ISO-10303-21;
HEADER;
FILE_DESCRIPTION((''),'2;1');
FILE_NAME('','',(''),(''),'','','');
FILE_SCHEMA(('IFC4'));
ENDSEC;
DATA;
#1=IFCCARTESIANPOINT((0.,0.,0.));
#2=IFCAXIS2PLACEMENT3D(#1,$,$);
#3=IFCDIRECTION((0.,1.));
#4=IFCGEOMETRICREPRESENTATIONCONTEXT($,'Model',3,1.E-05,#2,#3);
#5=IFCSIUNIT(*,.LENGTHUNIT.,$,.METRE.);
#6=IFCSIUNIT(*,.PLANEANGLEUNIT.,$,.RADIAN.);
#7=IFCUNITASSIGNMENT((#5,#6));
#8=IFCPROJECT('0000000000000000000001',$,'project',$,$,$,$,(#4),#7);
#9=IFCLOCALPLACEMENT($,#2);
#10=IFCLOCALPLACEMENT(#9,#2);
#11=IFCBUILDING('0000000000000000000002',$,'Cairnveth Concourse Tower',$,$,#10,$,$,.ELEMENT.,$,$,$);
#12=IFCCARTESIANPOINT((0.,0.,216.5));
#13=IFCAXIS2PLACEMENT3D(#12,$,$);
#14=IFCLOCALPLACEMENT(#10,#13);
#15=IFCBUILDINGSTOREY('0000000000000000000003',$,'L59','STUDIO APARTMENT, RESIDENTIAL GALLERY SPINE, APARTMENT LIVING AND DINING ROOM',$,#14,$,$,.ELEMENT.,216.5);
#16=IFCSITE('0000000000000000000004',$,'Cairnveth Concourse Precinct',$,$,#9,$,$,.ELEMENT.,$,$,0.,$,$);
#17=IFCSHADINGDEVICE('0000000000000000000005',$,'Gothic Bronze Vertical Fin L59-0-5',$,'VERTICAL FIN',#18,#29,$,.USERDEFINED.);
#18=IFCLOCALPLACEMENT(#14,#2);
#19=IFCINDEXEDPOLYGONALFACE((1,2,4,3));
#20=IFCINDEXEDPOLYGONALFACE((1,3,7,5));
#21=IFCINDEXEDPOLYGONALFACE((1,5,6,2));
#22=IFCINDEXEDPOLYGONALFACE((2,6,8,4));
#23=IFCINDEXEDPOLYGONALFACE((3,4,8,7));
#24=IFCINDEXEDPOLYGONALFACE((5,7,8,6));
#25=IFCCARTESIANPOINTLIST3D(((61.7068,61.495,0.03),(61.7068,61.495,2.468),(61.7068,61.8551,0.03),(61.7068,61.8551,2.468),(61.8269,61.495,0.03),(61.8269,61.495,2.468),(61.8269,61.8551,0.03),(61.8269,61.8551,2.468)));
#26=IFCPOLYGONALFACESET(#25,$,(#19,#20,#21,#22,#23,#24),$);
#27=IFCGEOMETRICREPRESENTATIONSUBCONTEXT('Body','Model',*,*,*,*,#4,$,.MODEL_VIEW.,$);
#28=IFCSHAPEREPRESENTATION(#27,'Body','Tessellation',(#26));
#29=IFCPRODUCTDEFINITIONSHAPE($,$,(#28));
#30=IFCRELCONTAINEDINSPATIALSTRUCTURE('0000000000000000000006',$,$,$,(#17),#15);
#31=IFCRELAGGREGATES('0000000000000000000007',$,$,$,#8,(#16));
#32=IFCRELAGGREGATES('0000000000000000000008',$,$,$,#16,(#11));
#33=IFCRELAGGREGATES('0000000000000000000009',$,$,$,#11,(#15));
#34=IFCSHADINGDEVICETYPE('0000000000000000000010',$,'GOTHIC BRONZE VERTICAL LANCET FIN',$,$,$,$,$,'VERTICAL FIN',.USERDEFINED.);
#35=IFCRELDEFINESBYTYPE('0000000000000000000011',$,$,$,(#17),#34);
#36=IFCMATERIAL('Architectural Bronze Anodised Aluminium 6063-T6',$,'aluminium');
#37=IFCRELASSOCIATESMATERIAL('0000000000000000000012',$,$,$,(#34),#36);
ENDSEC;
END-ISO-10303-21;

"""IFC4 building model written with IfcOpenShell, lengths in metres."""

from ifc_helpers import new_model, si_unit, direction, frame, origin, origin_2d, place, context, subcontext, project, spatial, rectangle, extrude, material, type_object, element, save


model = new_model("IFC4")

# Units and contexts
model_context = context("Model", 3, precision=1e-05, world=origin(), true_north=direction((0.0, 1.0)))
body_context = subcontext(model_context, "Body", "Model", "MODEL_VIEW")
ifc_project = project(units=[si_unit("LENGTHUNIT", "METRE"), si_unit("PLANEANGLEUNIT", "RADIAN")], contexts=[model_context])

# Site, building, storey
site_placement = place(None, origin())
site = spatial("IfcSite", under=ifc_project, at=site_placement, Name="Cairnveth Concourse Precinct", CompositionType="ELEMENT", RefElevation=0.0)
building_placement = place(site_placement, origin())
building = spatial("IfcBuilding", under=site, at=building_placement, Name="Cairnveth Concourse Tower", CompositionType="ELEMENT")
storey_placement = place(building_placement, frame((0.0, 0.0, 216.5)))
storey = spatial("IfcBuildingStorey", under=building, at=storey_placement, Name="L59", Description="STUDIO APARTMENT, RESIDENTIAL GALLERY SPINE, APARTMENT LIVING AND DINING ROOM", CompositionType="ELEMENT", Elevation=216.5)

# Shading device
ifc_material_1 = material(Name="Architectural Bronze Anodised Aluminium 6063-T6", Category="aluminium")
shading_device_type = type_object("IfcShadingDeviceType", Name="GOTHIC BRONZE VERTICAL LANCET FIN", ElementType="VERTICAL FIN", PredefinedType="USERDEFINED", material=ifc_material_1)
shading_device_placement = place(storey_placement, frame((61.7668, 61.675, 0.03), z_axis=(0.0, 0.0, 1.0), x_axis=(1.0, 0.0, 0.0)))
element("IfcShadingDevice", 1, at=shading_device_placement, inside=storey, type_object=shading_device_type, Name="Gothic Bronze Vertical Fin L59-0-5", ObjectType="VERTICAL FIN", PredefinedType="USERDEFINED", context=body_context, shape_type="SweptSolid", body=[
    extrude(rectangle(XDim=0.1201, YDim=0.3601, at=origin_2d()), origin(), (0.0, 0.0, 1.0), 2.438),
])

save(model, "model.ifc")
